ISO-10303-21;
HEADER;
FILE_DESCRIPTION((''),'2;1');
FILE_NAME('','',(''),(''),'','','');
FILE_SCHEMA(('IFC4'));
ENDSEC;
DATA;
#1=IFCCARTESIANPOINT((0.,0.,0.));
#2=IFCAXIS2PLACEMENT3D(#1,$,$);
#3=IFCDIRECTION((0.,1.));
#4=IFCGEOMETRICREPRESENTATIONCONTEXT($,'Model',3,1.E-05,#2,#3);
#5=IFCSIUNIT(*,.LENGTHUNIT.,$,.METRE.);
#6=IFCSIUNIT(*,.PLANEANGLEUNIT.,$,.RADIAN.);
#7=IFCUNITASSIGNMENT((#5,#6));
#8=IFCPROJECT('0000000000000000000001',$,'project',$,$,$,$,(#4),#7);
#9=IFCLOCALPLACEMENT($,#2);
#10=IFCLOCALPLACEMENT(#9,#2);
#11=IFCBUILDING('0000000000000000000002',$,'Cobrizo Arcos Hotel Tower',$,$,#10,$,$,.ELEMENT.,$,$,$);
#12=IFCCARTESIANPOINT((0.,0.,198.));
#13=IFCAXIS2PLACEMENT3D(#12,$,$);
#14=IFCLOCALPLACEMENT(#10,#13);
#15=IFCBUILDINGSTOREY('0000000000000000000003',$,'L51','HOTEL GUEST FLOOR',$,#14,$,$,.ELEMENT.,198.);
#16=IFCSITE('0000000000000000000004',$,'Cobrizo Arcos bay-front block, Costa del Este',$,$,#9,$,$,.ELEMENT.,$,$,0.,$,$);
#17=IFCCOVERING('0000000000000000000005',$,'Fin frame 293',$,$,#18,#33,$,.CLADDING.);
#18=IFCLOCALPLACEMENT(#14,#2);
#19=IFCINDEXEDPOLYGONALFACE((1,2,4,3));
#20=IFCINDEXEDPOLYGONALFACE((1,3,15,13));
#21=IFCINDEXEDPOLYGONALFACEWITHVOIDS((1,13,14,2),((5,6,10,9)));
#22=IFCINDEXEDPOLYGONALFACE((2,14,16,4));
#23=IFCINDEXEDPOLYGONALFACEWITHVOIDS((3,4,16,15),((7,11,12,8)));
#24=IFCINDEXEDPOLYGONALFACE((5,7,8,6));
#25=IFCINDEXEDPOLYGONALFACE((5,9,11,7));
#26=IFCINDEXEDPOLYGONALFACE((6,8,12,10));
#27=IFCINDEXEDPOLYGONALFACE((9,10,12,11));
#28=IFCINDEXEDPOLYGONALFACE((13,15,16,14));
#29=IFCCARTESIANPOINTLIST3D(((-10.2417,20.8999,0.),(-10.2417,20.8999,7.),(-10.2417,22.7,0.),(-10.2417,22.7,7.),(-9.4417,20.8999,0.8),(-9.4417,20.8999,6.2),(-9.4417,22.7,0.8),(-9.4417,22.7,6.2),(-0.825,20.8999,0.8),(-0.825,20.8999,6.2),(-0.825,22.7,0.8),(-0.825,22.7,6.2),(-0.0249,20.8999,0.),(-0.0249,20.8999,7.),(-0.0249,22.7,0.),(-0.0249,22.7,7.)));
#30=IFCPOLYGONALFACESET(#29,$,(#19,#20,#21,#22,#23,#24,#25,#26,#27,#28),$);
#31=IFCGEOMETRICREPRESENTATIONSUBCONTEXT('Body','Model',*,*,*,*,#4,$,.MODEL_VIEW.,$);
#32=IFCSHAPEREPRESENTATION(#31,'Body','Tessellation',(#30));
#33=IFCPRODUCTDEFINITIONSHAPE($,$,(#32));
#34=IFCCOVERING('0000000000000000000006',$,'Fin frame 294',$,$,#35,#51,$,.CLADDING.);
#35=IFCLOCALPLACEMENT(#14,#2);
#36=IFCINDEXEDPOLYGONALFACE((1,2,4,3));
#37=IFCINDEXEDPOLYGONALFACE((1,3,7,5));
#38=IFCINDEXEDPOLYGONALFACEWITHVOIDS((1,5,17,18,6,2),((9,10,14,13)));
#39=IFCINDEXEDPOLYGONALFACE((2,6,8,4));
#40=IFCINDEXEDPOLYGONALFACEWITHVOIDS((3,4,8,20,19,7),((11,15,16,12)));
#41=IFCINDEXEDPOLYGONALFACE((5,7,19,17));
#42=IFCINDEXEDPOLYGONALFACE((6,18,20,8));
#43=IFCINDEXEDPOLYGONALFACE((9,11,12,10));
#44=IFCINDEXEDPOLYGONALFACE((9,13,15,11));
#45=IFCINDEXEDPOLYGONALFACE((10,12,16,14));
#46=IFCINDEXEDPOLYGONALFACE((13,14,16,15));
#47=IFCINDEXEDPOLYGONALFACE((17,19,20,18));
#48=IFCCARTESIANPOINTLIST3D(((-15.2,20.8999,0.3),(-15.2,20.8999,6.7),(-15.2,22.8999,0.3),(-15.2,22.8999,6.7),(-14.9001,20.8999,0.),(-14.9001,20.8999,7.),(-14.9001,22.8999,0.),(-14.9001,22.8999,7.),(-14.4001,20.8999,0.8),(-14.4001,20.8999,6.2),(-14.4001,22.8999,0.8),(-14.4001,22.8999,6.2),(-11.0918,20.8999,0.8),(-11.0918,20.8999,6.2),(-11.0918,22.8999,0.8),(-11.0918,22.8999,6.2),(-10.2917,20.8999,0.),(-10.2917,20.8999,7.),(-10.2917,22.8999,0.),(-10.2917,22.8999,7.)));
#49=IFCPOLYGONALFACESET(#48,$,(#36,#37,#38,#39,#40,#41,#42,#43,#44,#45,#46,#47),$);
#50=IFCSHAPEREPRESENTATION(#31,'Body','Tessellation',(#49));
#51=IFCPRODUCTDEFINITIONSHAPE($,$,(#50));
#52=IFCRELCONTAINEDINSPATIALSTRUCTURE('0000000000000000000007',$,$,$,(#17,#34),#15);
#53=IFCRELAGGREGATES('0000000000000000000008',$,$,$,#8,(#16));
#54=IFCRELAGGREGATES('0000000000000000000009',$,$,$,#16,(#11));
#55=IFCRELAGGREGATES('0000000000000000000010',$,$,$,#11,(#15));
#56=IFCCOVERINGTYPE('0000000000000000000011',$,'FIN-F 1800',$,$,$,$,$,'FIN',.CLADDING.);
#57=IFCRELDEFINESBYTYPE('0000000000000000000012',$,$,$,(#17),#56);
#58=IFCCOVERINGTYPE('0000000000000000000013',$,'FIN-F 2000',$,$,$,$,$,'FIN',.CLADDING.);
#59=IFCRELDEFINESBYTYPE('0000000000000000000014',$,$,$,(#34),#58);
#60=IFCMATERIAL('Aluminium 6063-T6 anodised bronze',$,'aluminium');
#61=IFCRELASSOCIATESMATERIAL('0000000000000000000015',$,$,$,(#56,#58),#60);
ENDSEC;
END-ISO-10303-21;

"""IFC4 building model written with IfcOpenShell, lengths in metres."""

from ifc_helpers import new_model, si_unit, direction, frame, origin, place, context, subcontext, project, spatial, polyline, outline, extrude, material, type_object, element, save


model = new_model("IFC4")

# Units and contexts
model_context = context("Model", 3, precision=1e-05, world=origin(), true_north=direction((0.0, 1.0)))
body_context = subcontext(model_context, "Body", "Model", "MODEL_VIEW")
ifc_project = project(units=[si_unit("LENGTHUNIT", "METRE"), si_unit("PLANEANGLEUNIT", "RADIAN")], contexts=[model_context])

# Site, building, storey
site_placement = place(None, origin())
site = spatial("IfcSite", under=ifc_project, at=site_placement, Name="Cobrizo Arcos bay-front block, Costa del Este", CompositionType="ELEMENT", RefElevation=0.0)
building_placement = place(site_placement, origin())
building = spatial("IfcBuilding", under=site, at=building_placement, Name="Cobrizo Arcos Hotel Tower", CompositionType="ELEMENT")
storey_placement = place(building_placement, frame((0.0, 0.0, 198.0)))
storey = spatial("IfcBuildingStorey", under=building, at=storey_placement, Name="L51", Description="HOTEL GUEST FLOOR", CompositionType="ELEMENT", Elevation=198.0)

# Shared definitions
ifc_material_1 = material(Name="Aluminium 6063-T6 anodised bronze", Category="aluminium")

# Coverings
covering_type_1 = type_object("IfcCoveringType", Name="FIN-F 1800", ElementType="FIN", PredefinedType="CLADDING", material=ifc_material_1)
covering_1_placement = place(storey_placement, frame((-0.0249, 20.8999, 0.0), z_axis=(0.0, 1.0, 0.0), x_axis=(-1.0, 0.0, 0.0)))
element("IfcCovering", 1, at=covering_1_placement, inside=storey, type_object=covering_type_1, Name="Fin frame 293", PredefinedType="CLADDING", context=body_context, shape_type="SweptSolid", body=[
    extrude(outline(polyline([(0.0, 7.0), (0.0, 0.0), (10.2168, 0.0), (10.2168, 7.0), (0.0, 7.0)]), holes=[polyline([(9.4167, 0.8), (0.8, 0.8), (0.8, 6.2), (9.4167, 6.2), (9.4167, 0.8)])]), origin(), (0.0, 0.0, 1.0), 1.8),
])
covering_type_2 = type_object("IfcCoveringType", Name="FIN-F 2000", ElementType="FIN", PredefinedType="CLADDING", material=ifc_material_1)
covering_2_placement = place(storey_placement, frame((-10.2917, 20.8999, 0.0), z_axis=(0.0, 1.0, 0.0), x_axis=(-1.0, 0.0, 0.0)))
element("IfcCovering", 2, at=covering_2_placement, inside=storey, type_object=covering_type_2, Name="Fin frame 294", PredefinedType="CLADDING", context=body_context, shape_type="SweptSolid", body=[
    extrude(outline(polyline([(0.0, 7.0), (0.0, 0.0), (4.6084, 0.0), (4.9082, 0.3), (4.9082, 6.7), (4.6084, 7.0), (0.0, 7.0)]), holes=[polyline([(4.1084, 0.8), (0.8, 0.8), (0.8, 6.2), (4.1084, 6.2), (4.1084, 0.8)])]), origin(), (0.0, 0.0, 1.0), 2.0),
])

save(model, "model.ifc")
